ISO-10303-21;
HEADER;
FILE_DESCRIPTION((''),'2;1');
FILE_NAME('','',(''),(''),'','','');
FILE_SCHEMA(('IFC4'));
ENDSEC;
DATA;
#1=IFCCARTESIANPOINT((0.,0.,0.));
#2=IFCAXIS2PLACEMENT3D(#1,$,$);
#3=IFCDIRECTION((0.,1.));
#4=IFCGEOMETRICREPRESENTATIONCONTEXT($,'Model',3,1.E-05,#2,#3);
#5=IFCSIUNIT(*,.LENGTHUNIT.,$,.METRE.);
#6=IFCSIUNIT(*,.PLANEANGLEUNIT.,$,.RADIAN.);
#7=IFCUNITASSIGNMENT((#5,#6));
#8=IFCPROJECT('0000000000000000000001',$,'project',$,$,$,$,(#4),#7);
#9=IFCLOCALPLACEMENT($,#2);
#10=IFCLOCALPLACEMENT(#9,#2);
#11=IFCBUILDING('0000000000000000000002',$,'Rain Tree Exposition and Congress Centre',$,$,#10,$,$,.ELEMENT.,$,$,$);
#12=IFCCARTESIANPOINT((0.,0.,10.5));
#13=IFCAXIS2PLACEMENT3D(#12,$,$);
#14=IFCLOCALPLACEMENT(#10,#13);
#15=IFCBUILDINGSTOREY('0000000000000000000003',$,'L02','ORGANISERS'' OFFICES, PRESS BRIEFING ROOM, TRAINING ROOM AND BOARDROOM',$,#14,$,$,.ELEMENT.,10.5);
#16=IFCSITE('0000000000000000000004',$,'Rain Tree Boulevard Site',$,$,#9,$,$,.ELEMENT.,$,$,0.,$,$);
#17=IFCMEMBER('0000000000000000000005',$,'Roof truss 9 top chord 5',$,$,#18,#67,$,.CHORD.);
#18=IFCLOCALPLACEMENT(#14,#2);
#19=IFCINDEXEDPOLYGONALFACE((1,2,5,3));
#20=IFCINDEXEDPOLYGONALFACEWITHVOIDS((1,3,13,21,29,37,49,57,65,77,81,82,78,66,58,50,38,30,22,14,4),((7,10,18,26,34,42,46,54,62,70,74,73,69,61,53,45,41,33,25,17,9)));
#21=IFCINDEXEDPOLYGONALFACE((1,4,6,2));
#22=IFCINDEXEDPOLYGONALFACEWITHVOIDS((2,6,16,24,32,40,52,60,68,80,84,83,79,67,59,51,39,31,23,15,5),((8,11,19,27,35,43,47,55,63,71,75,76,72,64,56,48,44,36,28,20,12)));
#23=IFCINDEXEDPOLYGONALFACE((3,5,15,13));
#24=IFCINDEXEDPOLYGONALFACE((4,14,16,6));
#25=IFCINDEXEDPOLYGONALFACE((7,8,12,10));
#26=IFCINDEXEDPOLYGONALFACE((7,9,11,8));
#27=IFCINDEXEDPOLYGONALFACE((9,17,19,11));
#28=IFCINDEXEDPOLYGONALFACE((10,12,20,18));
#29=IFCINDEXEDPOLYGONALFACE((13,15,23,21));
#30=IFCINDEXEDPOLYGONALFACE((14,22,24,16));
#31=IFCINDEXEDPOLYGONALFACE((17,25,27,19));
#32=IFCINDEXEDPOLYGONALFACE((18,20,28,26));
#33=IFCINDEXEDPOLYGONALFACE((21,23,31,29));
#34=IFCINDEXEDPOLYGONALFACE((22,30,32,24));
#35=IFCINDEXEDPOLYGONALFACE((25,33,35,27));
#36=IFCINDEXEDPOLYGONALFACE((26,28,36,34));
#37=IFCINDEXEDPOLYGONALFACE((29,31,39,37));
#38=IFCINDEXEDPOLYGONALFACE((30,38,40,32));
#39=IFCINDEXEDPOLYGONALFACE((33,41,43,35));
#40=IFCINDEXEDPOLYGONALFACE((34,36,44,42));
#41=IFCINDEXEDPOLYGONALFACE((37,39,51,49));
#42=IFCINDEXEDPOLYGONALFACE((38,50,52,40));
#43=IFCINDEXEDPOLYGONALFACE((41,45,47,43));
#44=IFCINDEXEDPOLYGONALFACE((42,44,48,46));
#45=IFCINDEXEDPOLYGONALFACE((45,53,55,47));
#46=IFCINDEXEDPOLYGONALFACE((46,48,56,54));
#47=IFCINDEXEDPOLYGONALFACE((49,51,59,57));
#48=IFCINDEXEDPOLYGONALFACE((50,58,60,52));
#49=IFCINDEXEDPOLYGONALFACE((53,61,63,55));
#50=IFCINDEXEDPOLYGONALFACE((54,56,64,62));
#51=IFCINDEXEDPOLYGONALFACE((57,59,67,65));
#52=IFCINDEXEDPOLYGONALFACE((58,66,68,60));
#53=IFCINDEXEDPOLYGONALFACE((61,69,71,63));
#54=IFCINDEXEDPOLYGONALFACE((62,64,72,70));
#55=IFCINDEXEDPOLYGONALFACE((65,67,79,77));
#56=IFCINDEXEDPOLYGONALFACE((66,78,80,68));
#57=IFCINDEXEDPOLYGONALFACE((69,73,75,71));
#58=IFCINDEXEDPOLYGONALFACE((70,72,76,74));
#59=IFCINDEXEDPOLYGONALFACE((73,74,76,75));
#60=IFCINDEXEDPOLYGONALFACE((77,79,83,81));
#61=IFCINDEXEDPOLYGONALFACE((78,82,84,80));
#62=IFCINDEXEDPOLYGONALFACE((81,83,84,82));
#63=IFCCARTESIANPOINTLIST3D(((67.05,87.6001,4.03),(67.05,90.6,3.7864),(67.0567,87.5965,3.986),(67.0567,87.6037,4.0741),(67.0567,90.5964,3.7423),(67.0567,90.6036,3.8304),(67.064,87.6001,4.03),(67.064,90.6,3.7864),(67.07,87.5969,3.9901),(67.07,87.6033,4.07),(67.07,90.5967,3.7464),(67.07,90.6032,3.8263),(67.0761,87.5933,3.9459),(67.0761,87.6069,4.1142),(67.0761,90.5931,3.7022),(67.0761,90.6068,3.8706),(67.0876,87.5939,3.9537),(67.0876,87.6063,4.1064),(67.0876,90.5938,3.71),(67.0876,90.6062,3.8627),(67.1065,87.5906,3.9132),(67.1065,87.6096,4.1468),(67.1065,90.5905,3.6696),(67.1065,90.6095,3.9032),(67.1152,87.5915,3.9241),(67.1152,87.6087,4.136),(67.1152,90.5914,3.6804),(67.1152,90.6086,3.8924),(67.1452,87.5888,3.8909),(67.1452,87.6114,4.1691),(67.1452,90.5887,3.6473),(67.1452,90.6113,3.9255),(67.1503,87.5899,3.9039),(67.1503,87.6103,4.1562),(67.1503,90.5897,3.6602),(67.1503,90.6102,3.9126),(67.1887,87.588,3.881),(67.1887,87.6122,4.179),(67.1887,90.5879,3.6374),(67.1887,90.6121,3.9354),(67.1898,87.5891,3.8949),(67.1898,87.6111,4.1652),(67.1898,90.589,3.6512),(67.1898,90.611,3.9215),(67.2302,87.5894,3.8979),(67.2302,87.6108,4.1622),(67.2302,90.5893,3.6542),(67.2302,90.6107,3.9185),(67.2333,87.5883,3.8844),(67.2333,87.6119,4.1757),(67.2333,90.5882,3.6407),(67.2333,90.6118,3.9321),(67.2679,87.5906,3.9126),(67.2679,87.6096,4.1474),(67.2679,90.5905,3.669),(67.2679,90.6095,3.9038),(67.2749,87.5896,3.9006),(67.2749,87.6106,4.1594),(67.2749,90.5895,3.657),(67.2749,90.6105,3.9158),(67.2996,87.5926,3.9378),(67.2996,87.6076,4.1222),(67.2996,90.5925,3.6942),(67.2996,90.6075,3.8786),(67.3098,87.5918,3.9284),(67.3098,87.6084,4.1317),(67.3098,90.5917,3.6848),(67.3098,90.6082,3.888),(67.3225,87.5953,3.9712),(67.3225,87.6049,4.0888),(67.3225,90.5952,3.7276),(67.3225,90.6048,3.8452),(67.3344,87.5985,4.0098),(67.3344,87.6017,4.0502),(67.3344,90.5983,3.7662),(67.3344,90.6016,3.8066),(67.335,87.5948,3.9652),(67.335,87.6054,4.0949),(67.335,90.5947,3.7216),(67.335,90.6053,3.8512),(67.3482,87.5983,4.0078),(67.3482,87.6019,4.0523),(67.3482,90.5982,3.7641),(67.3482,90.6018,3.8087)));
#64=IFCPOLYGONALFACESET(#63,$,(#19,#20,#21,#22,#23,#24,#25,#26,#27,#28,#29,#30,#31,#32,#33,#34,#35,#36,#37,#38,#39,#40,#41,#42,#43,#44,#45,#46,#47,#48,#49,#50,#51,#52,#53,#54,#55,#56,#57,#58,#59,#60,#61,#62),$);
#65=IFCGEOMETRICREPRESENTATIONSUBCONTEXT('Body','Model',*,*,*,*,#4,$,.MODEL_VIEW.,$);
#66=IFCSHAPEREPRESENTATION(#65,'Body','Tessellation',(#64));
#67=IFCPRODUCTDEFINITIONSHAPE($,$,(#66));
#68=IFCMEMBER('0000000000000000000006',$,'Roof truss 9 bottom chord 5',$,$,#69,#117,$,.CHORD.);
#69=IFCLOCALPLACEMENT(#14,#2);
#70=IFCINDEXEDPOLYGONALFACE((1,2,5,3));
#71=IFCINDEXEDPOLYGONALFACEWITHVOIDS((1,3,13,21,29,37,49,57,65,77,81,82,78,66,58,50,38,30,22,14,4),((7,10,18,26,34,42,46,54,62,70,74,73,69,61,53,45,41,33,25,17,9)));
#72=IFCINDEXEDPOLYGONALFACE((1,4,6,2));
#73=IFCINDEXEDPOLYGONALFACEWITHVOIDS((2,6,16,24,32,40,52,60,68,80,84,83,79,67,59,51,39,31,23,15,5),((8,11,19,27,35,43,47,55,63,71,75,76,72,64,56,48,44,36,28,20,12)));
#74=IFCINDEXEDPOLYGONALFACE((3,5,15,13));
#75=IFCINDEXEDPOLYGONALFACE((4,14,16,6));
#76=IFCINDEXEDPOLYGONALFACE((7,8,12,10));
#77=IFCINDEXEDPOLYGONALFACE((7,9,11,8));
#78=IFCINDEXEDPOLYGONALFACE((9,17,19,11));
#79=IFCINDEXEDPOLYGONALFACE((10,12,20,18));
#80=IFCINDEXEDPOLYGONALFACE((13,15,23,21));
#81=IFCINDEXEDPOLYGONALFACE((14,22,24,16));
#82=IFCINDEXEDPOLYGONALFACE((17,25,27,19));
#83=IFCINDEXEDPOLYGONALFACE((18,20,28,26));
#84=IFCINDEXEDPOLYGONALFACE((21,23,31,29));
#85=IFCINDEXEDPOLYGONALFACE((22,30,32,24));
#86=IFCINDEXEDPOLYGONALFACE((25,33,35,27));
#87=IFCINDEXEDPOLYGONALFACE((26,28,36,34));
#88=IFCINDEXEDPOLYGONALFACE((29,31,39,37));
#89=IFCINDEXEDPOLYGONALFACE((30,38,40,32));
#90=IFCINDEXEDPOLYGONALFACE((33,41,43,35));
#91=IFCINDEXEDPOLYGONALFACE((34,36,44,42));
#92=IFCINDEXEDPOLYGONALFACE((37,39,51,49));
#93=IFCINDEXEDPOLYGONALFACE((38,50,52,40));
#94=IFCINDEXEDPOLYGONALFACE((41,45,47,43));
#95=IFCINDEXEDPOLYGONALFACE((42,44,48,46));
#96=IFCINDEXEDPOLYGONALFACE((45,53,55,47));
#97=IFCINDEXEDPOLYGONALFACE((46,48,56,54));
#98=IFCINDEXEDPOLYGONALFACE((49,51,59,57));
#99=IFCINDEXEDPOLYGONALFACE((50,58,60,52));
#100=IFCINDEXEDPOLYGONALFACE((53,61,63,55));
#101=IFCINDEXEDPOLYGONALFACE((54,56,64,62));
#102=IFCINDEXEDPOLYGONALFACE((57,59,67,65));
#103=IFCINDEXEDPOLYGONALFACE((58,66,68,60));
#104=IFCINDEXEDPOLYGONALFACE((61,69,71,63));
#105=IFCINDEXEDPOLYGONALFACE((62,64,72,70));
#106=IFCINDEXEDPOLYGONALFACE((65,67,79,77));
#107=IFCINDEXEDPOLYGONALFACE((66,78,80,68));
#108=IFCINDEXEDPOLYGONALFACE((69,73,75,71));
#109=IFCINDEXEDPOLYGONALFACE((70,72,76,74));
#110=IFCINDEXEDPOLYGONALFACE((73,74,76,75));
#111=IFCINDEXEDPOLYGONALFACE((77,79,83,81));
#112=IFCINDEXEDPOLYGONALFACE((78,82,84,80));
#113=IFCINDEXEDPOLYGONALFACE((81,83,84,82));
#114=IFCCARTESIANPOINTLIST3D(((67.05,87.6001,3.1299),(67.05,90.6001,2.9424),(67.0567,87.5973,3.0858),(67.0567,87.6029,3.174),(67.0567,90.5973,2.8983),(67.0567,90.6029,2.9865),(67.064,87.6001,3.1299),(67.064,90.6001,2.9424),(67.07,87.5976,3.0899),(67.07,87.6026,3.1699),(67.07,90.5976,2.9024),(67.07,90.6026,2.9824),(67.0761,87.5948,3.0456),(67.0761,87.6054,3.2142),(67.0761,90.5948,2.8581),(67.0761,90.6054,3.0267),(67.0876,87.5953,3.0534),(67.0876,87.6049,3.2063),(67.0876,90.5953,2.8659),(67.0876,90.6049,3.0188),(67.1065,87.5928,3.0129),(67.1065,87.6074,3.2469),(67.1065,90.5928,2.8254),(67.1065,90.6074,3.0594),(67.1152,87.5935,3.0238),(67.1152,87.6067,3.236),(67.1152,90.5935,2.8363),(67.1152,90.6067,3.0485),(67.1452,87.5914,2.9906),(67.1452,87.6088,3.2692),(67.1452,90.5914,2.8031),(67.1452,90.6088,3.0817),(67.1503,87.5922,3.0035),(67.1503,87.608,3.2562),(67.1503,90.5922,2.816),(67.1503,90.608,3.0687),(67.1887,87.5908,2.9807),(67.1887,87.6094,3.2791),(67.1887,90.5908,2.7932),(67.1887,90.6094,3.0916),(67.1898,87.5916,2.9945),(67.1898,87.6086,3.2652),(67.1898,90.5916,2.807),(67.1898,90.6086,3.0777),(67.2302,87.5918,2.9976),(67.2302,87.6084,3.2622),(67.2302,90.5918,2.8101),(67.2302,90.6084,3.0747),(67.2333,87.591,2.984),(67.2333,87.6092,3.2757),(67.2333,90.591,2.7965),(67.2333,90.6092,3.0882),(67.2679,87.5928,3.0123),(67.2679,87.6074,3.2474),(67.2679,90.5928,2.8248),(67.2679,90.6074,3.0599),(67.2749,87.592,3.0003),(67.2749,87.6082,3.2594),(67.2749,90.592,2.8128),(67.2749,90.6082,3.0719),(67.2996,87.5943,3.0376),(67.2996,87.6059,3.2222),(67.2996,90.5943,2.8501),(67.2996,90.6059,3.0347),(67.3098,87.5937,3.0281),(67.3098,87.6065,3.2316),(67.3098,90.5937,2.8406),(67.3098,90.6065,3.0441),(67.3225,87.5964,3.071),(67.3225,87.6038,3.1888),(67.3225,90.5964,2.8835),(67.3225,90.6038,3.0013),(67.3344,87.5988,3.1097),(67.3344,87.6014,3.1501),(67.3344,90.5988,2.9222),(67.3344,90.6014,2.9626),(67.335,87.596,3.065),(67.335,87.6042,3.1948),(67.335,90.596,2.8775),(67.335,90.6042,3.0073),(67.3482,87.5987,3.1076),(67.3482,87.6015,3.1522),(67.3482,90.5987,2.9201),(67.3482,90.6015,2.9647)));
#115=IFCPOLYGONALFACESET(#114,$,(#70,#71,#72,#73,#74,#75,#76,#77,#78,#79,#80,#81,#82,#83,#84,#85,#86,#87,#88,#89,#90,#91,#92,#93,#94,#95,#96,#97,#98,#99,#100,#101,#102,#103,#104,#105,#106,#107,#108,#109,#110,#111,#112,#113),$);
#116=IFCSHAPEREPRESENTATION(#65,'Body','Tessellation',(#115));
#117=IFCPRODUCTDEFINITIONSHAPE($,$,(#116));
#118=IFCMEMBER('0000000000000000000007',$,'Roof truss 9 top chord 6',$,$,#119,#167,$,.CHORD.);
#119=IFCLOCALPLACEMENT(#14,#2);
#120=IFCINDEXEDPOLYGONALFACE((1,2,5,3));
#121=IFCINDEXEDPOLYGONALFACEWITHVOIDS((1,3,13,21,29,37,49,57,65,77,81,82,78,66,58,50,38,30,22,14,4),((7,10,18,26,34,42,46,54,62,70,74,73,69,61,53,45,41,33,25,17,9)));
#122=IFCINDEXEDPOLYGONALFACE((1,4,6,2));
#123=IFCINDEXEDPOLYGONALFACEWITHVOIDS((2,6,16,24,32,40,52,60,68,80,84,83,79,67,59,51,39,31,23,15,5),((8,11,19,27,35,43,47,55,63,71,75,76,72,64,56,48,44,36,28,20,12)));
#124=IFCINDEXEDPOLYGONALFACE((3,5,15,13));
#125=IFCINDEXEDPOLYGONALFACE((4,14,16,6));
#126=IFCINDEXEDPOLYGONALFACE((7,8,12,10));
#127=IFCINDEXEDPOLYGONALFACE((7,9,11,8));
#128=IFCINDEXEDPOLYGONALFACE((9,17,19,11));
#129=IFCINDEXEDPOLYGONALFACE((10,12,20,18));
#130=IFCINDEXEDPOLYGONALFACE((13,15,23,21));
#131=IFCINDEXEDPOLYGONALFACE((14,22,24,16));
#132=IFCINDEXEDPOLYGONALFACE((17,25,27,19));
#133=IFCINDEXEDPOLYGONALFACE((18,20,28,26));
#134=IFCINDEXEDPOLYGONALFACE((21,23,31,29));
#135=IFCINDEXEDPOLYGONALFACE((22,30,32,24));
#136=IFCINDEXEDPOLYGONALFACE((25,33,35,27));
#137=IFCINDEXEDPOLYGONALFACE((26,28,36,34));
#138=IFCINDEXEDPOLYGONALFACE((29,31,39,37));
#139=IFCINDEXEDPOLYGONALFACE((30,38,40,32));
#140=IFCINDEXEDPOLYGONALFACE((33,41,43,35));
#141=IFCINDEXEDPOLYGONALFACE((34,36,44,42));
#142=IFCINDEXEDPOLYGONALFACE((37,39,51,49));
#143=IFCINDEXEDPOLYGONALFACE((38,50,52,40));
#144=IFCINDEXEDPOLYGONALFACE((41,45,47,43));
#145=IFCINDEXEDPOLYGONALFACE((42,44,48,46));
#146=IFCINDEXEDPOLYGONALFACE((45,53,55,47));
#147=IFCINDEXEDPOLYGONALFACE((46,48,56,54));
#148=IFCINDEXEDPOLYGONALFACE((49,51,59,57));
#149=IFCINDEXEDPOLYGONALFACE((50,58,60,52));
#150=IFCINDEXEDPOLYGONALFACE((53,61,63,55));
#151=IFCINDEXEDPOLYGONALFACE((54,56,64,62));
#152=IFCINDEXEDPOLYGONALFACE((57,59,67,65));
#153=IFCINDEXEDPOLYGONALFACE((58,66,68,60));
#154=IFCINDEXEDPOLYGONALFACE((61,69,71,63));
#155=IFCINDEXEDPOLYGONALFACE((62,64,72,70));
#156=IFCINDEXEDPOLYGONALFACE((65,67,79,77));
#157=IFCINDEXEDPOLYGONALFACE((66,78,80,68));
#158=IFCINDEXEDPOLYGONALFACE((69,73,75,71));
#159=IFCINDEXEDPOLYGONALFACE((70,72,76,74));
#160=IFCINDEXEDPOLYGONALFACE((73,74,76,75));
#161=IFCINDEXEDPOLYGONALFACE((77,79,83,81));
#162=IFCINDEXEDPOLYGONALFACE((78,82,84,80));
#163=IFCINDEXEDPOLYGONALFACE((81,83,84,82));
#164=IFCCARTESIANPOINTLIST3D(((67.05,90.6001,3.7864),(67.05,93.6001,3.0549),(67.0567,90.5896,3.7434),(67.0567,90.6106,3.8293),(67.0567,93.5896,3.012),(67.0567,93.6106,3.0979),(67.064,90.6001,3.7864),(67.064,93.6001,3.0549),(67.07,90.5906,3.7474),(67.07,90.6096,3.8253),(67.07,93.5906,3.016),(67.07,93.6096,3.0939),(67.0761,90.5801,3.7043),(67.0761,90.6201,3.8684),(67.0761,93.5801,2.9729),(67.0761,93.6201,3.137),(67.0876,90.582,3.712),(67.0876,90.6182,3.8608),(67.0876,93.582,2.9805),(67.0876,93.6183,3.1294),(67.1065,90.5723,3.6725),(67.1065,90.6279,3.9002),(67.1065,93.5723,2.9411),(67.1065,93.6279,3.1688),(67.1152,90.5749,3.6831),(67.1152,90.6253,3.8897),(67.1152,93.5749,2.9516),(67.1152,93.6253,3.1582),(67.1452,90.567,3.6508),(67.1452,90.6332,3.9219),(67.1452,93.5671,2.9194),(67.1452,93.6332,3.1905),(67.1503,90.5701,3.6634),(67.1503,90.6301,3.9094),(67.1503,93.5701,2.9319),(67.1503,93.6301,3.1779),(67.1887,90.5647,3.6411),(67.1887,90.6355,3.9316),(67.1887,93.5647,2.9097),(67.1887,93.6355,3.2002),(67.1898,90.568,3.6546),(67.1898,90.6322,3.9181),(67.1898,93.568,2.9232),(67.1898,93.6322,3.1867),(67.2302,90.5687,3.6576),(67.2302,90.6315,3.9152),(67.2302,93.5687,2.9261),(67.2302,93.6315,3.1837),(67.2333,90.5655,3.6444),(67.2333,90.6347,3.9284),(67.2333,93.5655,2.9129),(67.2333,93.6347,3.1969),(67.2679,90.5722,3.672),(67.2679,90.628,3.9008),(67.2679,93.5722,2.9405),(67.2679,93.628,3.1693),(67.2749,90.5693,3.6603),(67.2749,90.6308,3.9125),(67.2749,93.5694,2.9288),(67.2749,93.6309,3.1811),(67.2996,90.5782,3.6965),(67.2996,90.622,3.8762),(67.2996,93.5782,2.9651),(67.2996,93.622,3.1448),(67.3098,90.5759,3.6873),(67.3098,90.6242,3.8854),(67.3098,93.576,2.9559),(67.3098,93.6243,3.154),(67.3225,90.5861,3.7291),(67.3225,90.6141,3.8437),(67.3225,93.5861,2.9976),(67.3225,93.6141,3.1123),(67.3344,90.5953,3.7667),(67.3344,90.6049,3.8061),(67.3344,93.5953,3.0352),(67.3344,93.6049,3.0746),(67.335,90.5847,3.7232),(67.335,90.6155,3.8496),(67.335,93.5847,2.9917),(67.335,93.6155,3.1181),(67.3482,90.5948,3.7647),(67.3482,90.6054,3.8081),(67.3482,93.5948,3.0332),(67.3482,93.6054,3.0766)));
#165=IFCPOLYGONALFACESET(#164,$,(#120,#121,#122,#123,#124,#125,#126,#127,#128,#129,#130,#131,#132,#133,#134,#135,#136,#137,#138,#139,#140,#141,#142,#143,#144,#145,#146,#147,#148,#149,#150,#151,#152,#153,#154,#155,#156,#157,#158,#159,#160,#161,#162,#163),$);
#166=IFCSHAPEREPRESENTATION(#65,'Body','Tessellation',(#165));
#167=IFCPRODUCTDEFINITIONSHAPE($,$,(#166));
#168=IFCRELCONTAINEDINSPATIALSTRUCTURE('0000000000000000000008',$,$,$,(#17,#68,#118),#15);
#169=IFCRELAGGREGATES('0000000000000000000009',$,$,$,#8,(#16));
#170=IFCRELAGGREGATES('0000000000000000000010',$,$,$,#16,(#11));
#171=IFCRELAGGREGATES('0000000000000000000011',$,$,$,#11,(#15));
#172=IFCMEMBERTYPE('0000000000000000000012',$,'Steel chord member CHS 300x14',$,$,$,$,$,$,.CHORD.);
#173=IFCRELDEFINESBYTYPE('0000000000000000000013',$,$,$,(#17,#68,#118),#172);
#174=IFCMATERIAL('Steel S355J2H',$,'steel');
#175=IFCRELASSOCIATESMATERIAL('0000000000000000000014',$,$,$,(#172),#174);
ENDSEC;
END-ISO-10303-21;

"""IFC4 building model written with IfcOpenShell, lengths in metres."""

from ifc_helpers import new_model, si_unit, direction, frame, origin, origin_2d, place, context, subcontext, project, spatial, hollow_circle, extrude, material, material_profile, profile_set, type_object, element, save


model = new_model("IFC4")

# Units and contexts
model_context = context("Model", 3, precision=1e-05, world=origin(), true_north=direction((0.0, 1.0)))
body_context = subcontext(model_context, "Body", "Model", "MODEL_VIEW")
ifc_project = project(units=[si_unit("LENGTHUNIT", "METRE"), si_unit("PLANEANGLEUNIT", "RADIAN")], contexts=[model_context])

# Site, building, storey
site_placement = place(None, origin())
site = spatial("IfcSite", under=ifc_project, at=site_placement, Name="Rain Tree Boulevard Site", CompositionType="ELEMENT", RefElevation=0.0)
building_placement = place(site_placement, origin())
building = spatial("IfcBuilding", under=site, at=building_placement, Name="Rain Tree Exposition and Congress Centre", CompositionType="ELEMENT")
storey_placement = place(building_placement, frame((0.0, 0.0, 10.5)))
storey = spatial("IfcBuildingStorey", under=building, at=storey_placement, Name="L02", Description="ORGANISERS' OFFICES, PRESS BRIEFING ROOM, TRAINING ROOM AND BOARDROOM", CompositionType="ELEMENT", Elevation=10.5)

# Members
ifc_material_1 = material(Name="Steel S355J2H", Category="steel")
ifc_material_profile_1 = material_profile(ifc_material_1, hollow_circle(Radius=0.1499, WallThickness=0.0139, at=origin_2d()), Name="CHS 300x14")
ifc_profile_set_1 = profile_set([ifc_material_profile_1], Name="Steel S355J2H")
member_type_1 = type_object("IfcMemberType", Name="Steel chord member CHS 300x14", PredefinedType="CHORD", material=ifc_profile_set_1)
member_1_placement = place(storey_placement, frame((67.2, 87.6001, 4.03), z_axis=(0.0, 0.996718, -0.080951), x_axis=(-1.0, 0.0, 0.0)))
element("IfcMember", 1, at=member_1_placement, inside=storey, type_object=member_type_1, Name="Roof truss 9 top chord 5", PredefinedType="CHORD", context=body_context, shape_type="SweptSolid", body=[
    extrude(hollow_circle(Radius=0.1499, WallThickness=0.0139, at=origin_2d()), origin(), (0.0, 0.0, 1.0), 3.0098),
])
member_2_placement = place(storey_placement, frame((67.2, 87.6001, 3.1299), z_axis=(0.0, 0.998053, -0.062378), x_axis=(-1.0, 0.0, 0.0)))
element("IfcMember", 2, at=member_2_placement, inside=storey, type_object=member_type_1, Name="Roof truss 9 bottom chord 5", PredefinedType="CHORD", context=body_context, shape_type="SweptSolid", body=[
    extrude(hollow_circle(Radius=0.1499, WallThickness=0.0139, at=origin_2d()), origin(), (0.0, 0.0, 1.0), 3.0059),
])
member_3_placement = place(storey_placement, frame((67.2, 90.6001, 3.7864), z_axis=(0.0, 0.97154, -0.236876), x_axis=(-1.0, 0.0, 0.0)))
element("IfcMember", 3, at=member_3_placement, inside=storey, type_object=member_type_1, Name="Roof truss 9 top chord 6", PredefinedType="CHORD", context=body_context, shape_type="SweptSolid", body=[
    extrude(hollow_circle(Radius=0.1499, WallThickness=0.0139, at=origin_2d()), origin(), (0.0, 0.0, 1.0), 3.0879),
])

save(model, "model.ifc")
